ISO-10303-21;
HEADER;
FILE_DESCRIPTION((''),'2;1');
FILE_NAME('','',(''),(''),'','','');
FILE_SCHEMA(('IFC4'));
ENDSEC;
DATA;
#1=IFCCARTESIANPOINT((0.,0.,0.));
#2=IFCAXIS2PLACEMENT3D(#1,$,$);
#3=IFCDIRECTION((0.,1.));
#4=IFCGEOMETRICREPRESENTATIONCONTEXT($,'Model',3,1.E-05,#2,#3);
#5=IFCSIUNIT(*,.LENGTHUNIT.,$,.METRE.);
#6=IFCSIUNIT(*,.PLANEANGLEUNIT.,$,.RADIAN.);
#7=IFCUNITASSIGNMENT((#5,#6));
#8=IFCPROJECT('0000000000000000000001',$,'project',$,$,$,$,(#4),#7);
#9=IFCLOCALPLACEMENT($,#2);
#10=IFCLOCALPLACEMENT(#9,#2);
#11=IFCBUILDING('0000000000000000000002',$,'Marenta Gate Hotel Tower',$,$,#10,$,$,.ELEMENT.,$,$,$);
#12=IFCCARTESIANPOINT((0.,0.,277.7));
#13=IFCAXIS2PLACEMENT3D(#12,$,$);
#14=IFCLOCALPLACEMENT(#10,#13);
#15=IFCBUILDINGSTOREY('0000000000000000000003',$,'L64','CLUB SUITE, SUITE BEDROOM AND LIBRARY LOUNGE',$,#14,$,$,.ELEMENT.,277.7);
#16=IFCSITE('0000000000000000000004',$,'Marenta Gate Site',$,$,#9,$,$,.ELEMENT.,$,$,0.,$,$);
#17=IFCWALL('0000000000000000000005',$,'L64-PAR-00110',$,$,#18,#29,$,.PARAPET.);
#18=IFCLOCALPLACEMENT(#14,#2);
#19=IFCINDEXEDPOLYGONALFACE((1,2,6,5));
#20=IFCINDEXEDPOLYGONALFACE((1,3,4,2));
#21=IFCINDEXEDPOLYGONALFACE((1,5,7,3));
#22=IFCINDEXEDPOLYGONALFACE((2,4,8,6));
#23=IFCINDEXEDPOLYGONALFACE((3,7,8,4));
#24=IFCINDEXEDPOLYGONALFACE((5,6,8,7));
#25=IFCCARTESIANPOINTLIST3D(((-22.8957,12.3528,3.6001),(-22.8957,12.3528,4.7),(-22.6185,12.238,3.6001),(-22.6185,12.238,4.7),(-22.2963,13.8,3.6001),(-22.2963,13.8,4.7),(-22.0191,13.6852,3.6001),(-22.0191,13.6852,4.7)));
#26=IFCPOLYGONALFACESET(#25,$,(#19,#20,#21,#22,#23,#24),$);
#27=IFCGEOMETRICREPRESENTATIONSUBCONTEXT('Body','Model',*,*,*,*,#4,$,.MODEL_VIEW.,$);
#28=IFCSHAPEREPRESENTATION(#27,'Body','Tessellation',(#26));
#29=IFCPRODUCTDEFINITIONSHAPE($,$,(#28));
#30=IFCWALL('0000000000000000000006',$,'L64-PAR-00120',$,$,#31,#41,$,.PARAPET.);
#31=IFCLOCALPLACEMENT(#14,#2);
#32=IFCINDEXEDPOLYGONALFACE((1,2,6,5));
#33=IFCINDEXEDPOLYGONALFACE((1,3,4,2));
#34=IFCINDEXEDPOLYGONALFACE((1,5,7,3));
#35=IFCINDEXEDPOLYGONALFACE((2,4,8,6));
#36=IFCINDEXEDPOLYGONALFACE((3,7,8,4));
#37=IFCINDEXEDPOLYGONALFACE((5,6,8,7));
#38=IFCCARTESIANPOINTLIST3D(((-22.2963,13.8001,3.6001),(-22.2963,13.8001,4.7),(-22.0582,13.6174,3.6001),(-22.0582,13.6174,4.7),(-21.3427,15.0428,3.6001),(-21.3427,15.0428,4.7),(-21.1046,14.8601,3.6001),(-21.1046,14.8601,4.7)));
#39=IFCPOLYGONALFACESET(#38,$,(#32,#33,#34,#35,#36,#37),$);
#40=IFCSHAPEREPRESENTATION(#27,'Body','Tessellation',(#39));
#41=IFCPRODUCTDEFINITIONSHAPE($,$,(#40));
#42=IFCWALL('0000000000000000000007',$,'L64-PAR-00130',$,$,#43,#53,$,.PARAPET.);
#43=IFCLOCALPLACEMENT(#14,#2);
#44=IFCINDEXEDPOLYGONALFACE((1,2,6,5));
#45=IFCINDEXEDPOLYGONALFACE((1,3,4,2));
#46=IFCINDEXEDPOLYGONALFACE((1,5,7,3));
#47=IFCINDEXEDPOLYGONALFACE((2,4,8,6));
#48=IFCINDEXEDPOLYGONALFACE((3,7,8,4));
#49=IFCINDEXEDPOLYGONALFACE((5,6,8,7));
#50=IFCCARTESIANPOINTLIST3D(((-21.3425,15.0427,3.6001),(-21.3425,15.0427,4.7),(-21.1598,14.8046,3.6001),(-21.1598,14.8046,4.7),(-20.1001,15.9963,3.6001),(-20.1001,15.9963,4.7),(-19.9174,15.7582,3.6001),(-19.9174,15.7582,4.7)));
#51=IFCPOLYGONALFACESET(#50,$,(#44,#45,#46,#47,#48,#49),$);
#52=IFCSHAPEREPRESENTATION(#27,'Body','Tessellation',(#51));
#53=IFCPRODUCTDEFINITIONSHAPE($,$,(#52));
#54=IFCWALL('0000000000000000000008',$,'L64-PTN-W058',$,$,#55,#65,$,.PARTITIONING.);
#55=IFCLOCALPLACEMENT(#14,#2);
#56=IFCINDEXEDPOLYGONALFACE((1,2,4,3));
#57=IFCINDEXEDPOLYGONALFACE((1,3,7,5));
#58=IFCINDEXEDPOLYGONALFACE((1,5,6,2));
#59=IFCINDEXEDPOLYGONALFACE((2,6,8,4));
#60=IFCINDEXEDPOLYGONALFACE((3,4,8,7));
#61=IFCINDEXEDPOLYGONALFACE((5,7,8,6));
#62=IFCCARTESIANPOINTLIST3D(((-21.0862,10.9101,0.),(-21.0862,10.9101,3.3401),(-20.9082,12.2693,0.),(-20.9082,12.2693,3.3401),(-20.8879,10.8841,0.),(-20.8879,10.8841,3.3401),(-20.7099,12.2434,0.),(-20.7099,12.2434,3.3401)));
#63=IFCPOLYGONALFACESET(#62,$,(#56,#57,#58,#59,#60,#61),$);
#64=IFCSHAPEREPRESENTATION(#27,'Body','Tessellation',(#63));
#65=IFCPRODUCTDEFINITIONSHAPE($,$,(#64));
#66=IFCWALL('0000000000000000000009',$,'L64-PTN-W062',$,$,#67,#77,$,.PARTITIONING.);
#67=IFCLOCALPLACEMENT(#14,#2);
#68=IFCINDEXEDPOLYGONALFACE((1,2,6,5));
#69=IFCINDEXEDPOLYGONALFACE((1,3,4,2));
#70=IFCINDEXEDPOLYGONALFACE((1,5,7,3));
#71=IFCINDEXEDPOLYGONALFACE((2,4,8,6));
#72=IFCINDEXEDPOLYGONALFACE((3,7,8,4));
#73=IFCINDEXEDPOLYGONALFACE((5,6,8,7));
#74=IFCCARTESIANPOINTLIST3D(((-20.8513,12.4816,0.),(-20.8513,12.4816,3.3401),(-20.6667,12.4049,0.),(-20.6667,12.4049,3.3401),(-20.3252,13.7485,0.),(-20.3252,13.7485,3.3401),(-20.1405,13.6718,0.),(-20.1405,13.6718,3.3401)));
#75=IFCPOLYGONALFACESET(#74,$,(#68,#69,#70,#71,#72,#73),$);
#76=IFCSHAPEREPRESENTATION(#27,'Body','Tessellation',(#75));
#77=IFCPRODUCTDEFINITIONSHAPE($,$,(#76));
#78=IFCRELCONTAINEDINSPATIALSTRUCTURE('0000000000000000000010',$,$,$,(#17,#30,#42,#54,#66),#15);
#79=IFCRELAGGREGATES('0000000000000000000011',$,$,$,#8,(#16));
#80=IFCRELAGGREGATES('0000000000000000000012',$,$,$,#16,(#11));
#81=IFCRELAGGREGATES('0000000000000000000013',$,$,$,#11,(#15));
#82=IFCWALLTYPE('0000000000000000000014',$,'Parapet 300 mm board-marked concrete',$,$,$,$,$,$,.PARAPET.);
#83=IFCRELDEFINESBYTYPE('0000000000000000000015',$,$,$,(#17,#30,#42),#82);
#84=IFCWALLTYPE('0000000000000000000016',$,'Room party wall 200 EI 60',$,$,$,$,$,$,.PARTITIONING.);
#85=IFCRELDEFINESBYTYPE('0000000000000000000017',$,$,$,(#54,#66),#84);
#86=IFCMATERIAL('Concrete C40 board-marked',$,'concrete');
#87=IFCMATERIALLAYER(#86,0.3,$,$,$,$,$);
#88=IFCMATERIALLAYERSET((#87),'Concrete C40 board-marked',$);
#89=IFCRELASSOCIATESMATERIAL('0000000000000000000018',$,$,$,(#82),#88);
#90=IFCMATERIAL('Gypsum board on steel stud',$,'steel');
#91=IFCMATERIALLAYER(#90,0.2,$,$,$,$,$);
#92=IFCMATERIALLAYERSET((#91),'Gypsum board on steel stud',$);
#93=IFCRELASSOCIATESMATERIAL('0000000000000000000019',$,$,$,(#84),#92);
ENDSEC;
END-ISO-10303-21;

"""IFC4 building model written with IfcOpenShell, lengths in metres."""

from ifc_helpers import new_model, si_unit, direction, frame, frame_2d, origin, place, context, subcontext, project, spatial, rectangle, extrude, material, layer, layer_set, type_object, element, save


model = new_model("IFC4")

# Units and contexts
model_context = context("Model", 3, precision=1e-05, world=origin(), true_north=direction((0.0, 1.0)))
body_context = subcontext(model_context, "Body", "Model", "MODEL_VIEW")
ifc_project = project(units=[si_unit("LENGTHUNIT", "METRE"), si_unit("PLANEANGLEUNIT", "RADIAN")], contexts=[model_context])

# Site, building, storey
site_placement = place(None, origin())
site = spatial("IfcSite", under=ifc_project, at=site_placement, Name="Marenta Gate Site", CompositionType="ELEMENT", RefElevation=0.0)
building_placement = place(site_placement, origin())
building = spatial("IfcBuilding", under=site, at=building_placement, Name="Marenta Gate Hotel Tower", CompositionType="ELEMENT")
storey_placement = place(building_placement, frame((0.0, 0.0, 277.7)))
storey = spatial("IfcBuildingStorey", under=building, at=storey_placement, Name="L64", Description="CLUB SUITE, SUITE BEDROOM AND LIBRARY LOUNGE", CompositionType="ELEMENT", Elevation=277.7)

# Walls
ifc_material_1 = material(Name="Concrete C40 board-marked", Category="concrete")
ifc_layer_1 = layer(ifc_material_1, 0.3)
ifc_layer_set_1 = layer_set([ifc_layer_1], Name="Concrete C40 board-marked")
wall_type_1 = type_object("IfcWallType", Name="Parapet 300 mm board-marked concrete", PredefinedType="PARAPET", material=ifc_layer_set_1)
for number, where, z_axis, x_axis, name in (
    (1, (-22.7571, 12.2954, 3.6001), (0.0, 0.0, 1.0), (0.382623, 0.923905, 0.0), "L64-PAR-00110"),
    (2, (-22.1772, 13.7087, 3.6001), (0.0, 0.0, 1.0), (0.608791, 0.79333, 0.0), "L64-PAR-00120"),
):
    element("IfcWall", number, at=place(storey_placement, frame(where, z_axis=z_axis, x_axis=x_axis)), inside=storey, type_object=wall_type_1, Name=name, PredefinedType="PARAPET", context=body_context, shape_type="SweptSolid", body=[
        extrude(rectangle(XDim=1.5664, YDim=0.3, at=frame_2d((0.7832, 0.0))), origin(), (0.0, 0.0, 1.0), 1.0999),
    ])
wall_1_placement = place(storey_placement, frame((-21.2512, 14.9236, 3.6001), z_axis=(0.0, 0.0, 1.0), x_axis=(0.793273, 0.608867, 0.0)))
element("IfcWall", 3, at=wall_1_placement, inside=storey, type_object=wall_type_1, Name="L64-PAR-00130", PredefinedType="PARAPET", context=body_context, shape_type="SweptSolid", body=[
    extrude(rectangle(XDim=1.5662, YDim=0.3, at=frame_2d((0.7832, 0.0))), origin(), (0.0, 0.0, 1.0), 1.0999),
])
ifc_material_2 = material(Name="Gypsum board on steel stud", Category="steel")
ifc_layer_2 = layer(ifc_material_2, 0.2)
ifc_layer_set_2 = layer_set([ifc_layer_2], Name="Gypsum board on steel stud")
wall_type_2 = type_object("IfcWallType", Name="Room party wall 200 EI 60", PredefinedType="PARTITIONING", material=ifc_layer_set_2)
wall_2_placement = place(storey_placement, frame((-20.9871, 10.897, 0.0), z_axis=(0.0, 0.0, 1.0), x_axis=(0.129842, 0.991535, 0.0)))
element("IfcWall", 4, at=wall_2_placement, inside=storey, type_object=wall_type_2, Name="L64-PTN-W058", PredefinedType="PARTITIONING", context=body_context, shape_type="SweptSolid", body=[
    extrude(rectangle(XDim=1.3708, YDim=0.2, at=frame_2d((0.6855, 0.0))), origin(), (0.0, 0.0, 1.0), 3.3401),
])
wall_3_placement = place(storey_placement, frame((-20.759, 12.4431, 0.0), z_axis=(0.0, 0.0, 1.0), x_axis=(0.383541, 0.923524, 0.0)))
element("IfcWall", 5, at=wall_3_placement, inside=storey, type_object=wall_type_2, Name="L64-PTN-W062", PredefinedType="PARTITIONING", context=body_context, shape_type="SweptSolid", body=[
    extrude(rectangle(XDim=1.3718, YDim=0.2, at=frame_2d((0.686, 0.0))), origin(), (0.0, 0.0, 1.0), 3.3401),
])

save(model, "model.ifc")
